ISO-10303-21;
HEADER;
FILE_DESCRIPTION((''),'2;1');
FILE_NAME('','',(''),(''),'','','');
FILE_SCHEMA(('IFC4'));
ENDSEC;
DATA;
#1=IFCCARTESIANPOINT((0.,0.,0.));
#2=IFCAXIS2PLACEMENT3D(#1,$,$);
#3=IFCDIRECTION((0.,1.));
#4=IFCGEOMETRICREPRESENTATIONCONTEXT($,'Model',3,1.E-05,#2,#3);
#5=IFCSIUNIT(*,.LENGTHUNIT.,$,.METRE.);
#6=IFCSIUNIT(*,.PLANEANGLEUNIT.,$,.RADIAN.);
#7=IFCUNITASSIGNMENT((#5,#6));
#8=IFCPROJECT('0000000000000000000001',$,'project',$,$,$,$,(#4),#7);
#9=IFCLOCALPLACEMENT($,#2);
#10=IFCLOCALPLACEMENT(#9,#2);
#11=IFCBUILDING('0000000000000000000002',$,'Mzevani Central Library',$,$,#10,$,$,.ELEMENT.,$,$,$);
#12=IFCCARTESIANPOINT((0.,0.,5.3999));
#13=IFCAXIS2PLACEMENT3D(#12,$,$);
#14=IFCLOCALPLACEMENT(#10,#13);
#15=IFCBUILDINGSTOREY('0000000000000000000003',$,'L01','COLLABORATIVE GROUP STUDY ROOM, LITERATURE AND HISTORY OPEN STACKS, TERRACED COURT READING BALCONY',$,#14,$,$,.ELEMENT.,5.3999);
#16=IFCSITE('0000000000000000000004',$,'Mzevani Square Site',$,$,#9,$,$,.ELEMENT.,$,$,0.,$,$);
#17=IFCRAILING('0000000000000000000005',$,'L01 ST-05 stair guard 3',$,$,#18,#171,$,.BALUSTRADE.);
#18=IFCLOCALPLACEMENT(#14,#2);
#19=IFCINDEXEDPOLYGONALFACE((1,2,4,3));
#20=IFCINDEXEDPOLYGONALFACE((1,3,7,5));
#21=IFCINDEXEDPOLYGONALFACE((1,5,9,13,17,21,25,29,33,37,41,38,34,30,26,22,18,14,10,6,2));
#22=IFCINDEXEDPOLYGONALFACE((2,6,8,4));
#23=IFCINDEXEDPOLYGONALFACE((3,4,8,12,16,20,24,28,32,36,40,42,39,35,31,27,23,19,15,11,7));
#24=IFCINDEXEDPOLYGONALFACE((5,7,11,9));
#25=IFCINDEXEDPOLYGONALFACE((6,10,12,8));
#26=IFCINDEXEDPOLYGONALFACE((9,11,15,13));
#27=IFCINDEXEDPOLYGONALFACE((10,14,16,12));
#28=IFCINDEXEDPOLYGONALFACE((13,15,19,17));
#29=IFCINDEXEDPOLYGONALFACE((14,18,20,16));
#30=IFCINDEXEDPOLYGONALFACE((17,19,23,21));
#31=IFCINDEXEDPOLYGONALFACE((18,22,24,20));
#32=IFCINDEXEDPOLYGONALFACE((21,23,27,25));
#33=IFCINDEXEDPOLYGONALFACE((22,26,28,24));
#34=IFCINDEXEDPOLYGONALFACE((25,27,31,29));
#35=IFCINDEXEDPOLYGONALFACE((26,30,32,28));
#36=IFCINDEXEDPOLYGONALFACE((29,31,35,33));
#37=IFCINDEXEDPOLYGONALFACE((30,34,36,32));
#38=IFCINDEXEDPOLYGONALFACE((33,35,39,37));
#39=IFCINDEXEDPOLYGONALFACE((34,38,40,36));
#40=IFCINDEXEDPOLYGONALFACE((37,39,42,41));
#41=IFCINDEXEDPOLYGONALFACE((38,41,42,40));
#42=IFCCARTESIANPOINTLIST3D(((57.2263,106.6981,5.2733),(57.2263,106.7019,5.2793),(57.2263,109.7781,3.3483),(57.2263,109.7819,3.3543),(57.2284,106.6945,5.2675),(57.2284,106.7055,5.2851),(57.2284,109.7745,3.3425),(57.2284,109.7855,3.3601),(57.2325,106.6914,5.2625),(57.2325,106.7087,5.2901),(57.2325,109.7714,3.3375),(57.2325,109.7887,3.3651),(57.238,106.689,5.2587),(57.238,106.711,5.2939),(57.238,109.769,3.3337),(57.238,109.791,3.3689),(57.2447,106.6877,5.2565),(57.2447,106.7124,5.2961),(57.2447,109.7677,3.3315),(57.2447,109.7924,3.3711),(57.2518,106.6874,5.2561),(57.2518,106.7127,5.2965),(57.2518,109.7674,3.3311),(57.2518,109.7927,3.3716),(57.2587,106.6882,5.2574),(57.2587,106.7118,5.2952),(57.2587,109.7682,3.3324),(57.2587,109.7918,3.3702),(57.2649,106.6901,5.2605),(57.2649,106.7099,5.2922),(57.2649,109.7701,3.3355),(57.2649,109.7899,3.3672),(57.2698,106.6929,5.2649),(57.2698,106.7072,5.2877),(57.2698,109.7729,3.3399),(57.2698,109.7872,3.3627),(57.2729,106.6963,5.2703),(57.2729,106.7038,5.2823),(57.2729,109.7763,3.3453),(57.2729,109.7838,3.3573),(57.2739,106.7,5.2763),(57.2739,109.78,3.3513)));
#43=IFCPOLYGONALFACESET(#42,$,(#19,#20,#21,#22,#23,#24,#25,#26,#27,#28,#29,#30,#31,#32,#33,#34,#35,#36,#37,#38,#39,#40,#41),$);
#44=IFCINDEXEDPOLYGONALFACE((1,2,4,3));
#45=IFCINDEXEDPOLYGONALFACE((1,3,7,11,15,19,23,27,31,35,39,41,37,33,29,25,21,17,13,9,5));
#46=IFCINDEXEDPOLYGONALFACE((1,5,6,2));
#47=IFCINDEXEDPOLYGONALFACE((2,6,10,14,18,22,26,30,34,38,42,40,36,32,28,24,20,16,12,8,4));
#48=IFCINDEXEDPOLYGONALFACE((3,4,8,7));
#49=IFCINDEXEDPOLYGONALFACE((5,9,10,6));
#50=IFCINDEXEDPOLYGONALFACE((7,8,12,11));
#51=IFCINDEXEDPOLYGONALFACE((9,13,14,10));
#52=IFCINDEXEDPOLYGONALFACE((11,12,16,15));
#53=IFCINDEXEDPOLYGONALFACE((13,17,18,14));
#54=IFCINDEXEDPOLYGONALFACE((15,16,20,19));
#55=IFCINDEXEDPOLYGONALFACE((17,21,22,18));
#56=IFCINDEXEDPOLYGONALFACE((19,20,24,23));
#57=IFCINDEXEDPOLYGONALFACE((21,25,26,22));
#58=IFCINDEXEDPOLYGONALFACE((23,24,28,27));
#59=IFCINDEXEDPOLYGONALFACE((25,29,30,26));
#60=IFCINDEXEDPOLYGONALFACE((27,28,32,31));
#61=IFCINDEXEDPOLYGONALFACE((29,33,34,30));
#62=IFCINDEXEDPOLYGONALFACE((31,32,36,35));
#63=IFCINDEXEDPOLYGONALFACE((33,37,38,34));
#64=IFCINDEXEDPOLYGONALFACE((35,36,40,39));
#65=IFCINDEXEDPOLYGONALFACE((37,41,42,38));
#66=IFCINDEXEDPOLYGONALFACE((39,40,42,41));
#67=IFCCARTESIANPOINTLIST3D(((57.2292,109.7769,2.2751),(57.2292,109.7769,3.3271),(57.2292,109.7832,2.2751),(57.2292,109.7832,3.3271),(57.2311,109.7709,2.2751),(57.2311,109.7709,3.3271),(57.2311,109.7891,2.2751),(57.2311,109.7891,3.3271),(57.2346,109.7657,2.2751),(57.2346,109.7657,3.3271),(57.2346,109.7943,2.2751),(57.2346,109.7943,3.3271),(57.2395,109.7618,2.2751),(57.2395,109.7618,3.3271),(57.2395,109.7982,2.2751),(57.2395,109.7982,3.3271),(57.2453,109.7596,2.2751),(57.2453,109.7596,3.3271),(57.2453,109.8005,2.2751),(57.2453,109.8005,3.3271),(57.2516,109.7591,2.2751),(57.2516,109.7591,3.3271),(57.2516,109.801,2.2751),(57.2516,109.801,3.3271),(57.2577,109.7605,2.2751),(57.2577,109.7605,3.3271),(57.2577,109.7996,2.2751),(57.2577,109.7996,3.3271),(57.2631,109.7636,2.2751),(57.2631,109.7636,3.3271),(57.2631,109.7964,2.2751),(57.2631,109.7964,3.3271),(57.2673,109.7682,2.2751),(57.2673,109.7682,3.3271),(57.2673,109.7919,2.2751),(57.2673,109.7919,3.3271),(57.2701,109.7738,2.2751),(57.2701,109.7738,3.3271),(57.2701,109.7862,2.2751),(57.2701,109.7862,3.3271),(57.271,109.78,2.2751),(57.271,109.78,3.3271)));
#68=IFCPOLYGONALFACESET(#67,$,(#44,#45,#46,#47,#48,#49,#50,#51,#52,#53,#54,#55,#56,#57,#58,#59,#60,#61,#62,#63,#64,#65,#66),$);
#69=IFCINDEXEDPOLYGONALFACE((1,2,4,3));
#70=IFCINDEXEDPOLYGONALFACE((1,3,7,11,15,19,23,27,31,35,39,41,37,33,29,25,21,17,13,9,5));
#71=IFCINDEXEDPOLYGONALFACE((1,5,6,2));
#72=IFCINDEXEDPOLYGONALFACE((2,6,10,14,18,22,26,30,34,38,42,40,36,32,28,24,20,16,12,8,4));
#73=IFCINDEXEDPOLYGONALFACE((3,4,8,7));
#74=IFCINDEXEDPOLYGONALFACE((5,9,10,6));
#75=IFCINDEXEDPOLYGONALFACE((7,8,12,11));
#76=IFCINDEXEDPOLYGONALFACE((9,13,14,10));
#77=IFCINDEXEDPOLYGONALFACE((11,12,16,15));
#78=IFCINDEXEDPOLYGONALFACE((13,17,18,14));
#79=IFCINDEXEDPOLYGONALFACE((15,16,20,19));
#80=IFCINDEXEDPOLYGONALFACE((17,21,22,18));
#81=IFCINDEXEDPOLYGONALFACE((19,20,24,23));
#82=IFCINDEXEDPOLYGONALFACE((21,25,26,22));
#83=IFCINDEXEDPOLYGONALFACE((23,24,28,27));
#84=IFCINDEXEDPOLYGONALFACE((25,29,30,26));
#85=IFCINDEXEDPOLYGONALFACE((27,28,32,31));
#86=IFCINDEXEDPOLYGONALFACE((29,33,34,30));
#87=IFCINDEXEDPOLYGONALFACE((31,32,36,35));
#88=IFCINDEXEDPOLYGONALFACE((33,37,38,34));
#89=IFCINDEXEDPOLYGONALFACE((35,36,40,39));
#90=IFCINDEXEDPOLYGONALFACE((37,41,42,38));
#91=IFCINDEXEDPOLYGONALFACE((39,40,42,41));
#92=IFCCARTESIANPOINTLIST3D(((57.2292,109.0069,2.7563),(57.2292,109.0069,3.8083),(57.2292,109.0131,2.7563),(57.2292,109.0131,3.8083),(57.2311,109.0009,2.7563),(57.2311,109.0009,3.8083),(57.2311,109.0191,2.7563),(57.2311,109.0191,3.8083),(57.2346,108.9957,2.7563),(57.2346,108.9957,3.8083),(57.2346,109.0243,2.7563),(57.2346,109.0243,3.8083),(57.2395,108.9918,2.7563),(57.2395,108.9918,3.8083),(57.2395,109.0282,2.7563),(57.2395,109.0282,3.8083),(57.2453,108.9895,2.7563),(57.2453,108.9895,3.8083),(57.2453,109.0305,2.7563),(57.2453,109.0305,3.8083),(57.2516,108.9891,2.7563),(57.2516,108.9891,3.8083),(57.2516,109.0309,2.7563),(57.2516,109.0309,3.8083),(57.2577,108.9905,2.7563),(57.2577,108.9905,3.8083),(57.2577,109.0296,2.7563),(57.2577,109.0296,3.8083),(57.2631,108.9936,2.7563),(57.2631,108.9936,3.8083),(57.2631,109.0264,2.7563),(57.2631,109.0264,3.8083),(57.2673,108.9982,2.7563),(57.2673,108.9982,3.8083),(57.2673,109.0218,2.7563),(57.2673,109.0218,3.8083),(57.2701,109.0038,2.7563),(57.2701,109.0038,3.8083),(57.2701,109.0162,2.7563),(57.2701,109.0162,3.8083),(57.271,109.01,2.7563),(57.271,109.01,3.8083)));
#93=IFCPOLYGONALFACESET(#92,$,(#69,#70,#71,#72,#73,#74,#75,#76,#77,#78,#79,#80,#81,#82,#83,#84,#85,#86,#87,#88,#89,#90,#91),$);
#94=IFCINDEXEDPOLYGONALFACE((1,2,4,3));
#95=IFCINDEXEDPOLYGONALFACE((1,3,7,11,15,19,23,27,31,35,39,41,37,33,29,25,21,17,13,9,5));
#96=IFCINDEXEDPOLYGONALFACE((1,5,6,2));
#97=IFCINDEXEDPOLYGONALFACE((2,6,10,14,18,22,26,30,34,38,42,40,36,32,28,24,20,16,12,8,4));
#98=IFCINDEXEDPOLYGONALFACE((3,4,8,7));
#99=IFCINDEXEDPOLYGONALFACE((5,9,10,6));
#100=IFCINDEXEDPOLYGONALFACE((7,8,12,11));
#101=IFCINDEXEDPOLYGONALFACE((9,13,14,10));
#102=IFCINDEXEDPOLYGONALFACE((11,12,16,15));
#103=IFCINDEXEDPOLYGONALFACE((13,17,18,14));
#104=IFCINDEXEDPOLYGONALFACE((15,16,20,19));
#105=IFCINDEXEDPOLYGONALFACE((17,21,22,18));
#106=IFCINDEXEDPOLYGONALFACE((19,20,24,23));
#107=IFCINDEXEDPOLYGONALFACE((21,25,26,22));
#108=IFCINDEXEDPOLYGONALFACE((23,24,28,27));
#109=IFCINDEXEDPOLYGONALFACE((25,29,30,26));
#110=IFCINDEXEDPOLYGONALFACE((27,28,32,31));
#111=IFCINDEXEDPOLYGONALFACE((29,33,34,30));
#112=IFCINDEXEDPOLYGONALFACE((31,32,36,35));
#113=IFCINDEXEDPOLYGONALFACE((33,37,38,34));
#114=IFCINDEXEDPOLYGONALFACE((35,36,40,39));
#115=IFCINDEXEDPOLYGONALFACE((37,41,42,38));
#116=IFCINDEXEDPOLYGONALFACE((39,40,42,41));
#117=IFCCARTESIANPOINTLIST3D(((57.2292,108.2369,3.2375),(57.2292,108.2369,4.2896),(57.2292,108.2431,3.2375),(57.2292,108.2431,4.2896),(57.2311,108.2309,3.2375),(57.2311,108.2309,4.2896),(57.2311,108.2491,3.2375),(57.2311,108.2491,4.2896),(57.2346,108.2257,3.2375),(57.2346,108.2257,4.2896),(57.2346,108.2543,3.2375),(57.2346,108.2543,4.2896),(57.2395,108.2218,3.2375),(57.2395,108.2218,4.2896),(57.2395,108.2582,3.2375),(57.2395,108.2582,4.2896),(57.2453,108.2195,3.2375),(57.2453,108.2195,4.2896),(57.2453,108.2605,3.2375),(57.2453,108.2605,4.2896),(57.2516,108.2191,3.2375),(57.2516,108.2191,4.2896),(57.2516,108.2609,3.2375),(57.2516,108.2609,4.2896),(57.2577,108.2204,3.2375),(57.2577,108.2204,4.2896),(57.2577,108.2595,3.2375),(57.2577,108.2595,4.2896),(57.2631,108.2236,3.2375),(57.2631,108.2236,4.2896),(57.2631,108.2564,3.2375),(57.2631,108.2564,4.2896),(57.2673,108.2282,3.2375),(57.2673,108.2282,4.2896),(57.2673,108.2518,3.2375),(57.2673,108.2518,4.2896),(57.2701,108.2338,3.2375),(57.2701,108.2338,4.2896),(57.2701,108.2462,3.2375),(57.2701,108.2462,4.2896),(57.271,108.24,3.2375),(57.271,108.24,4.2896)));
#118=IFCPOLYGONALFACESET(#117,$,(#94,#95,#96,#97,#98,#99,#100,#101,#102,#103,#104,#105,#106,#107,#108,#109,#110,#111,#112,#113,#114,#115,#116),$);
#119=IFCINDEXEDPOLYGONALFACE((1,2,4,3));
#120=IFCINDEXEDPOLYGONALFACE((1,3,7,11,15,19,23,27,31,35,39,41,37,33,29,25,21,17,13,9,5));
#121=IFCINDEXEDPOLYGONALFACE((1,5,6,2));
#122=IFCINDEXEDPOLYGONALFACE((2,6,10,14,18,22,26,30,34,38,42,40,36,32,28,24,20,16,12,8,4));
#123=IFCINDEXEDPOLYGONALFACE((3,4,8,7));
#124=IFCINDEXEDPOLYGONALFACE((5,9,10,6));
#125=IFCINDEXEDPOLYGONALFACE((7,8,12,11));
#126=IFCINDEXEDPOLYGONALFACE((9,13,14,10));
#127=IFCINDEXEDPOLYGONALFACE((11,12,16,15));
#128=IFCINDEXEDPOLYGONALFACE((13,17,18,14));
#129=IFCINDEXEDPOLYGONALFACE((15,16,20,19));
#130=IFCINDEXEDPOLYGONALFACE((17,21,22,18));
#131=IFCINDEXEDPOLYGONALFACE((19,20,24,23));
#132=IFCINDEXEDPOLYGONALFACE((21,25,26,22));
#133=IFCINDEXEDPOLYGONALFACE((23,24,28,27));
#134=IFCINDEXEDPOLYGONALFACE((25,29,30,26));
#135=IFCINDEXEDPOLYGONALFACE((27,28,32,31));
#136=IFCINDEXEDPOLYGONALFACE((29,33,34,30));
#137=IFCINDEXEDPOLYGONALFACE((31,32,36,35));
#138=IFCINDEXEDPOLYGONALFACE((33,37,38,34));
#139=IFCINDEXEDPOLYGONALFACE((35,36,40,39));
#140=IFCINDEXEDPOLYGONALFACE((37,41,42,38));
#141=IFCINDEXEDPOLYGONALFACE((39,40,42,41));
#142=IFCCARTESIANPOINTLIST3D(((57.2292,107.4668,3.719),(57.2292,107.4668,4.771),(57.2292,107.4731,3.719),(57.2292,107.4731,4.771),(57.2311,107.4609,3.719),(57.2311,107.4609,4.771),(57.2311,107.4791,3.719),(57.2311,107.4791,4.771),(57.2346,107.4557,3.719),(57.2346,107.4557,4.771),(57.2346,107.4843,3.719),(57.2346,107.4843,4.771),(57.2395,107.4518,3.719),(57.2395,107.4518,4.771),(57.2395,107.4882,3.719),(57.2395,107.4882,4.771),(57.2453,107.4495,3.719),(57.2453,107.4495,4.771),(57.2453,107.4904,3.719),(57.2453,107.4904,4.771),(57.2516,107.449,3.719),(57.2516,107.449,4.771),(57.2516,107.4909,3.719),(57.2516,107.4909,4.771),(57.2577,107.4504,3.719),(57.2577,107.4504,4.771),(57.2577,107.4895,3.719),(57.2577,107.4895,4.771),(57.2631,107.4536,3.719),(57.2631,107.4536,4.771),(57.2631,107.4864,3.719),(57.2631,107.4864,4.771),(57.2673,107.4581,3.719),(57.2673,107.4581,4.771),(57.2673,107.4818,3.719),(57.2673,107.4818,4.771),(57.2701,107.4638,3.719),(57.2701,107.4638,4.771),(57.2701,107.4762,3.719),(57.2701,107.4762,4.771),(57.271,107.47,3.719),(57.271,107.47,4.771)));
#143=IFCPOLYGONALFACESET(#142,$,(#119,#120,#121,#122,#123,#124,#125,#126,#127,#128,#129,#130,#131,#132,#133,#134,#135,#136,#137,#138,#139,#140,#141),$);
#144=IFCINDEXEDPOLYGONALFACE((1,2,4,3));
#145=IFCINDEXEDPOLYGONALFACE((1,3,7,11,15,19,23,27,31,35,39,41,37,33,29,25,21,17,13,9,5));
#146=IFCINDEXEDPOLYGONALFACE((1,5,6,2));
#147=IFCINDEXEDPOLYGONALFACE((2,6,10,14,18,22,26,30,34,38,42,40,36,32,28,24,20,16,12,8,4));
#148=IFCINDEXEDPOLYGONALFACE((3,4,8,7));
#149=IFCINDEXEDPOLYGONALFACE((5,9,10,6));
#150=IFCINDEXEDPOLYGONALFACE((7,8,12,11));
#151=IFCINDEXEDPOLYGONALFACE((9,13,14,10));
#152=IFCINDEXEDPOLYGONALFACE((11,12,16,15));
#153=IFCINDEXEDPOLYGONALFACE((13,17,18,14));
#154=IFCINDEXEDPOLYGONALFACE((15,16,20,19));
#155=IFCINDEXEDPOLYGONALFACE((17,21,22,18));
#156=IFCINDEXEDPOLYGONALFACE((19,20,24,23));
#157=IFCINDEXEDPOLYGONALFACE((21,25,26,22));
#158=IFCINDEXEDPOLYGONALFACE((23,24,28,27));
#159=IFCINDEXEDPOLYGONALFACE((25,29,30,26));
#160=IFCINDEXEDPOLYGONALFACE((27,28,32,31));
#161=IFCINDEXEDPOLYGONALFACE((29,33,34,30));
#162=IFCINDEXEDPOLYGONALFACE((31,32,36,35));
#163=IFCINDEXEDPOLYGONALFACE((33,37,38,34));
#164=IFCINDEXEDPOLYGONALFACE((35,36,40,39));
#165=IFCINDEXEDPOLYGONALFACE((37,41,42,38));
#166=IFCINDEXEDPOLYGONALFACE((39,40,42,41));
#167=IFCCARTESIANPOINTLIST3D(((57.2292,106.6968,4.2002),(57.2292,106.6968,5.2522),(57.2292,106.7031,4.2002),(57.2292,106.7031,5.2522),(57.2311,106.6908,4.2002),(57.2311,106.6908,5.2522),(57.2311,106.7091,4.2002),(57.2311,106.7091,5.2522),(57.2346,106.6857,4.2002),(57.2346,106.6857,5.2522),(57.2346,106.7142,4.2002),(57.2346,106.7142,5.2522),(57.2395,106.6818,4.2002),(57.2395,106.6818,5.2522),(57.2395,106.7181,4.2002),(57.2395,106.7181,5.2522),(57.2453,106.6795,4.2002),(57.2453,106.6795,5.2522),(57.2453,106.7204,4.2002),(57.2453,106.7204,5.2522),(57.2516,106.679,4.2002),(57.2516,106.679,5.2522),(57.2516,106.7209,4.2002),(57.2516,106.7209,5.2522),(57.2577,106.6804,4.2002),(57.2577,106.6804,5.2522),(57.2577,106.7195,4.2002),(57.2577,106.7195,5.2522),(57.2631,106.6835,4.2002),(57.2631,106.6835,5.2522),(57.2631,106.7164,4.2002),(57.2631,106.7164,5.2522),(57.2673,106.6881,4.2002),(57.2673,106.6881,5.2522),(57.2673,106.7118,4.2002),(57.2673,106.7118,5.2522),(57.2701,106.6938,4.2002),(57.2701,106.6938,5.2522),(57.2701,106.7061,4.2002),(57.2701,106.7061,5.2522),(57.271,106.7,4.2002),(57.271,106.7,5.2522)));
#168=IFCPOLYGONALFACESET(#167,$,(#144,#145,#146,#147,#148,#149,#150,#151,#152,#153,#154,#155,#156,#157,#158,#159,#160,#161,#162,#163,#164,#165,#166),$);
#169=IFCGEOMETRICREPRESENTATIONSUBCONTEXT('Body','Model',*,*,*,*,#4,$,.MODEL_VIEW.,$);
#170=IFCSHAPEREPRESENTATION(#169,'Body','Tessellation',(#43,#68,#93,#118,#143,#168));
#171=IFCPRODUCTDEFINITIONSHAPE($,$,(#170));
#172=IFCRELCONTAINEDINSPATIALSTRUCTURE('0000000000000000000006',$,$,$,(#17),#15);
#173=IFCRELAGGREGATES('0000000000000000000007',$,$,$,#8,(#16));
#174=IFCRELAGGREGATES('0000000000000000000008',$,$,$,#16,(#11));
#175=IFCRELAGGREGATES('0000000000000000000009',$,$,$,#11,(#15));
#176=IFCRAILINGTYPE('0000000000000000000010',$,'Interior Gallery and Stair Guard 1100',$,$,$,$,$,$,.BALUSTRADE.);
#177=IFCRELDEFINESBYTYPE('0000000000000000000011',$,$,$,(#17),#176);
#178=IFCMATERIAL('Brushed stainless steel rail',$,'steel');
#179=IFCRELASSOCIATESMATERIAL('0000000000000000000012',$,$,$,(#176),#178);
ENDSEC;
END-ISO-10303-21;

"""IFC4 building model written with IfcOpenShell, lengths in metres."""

from ifc_helpers import new_model, si_unit, direction, frame, origin, origin_2d, place, context, subcontext, project, spatial, circle, extrude, material, type_object, element, save


model = new_model("IFC4")

# Units and contexts
model_context = context("Model", 3, precision=1e-05, world=origin(), true_north=direction((0.0, 1.0)))
body_context = subcontext(model_context, "Body", "Model", "MODEL_VIEW")
ifc_project = project(units=[si_unit("LENGTHUNIT", "METRE"), si_unit("PLANEANGLEUNIT", "RADIAN")], contexts=[model_context])

# Site, building, storey
site_placement = place(None, origin())
site = spatial("IfcSite", under=ifc_project, at=site_placement, Name="Mzevani Square Site", CompositionType="ELEMENT", RefElevation=0.0)
building_placement = place(site_placement, origin())
building = spatial("IfcBuilding", under=site, at=building_placement, Name="Mzevani Central Library", CompositionType="ELEMENT")
storey_placement = place(building_placement, frame((0.0, 0.0, 5.3999)))
storey = spatial("IfcBuildingStorey", under=building, at=storey_placement, Name="L01", Description="COLLABORATIVE GROUP STUDY ROOM, LITERATURE AND HISTORY OPEN STACKS, TERRACED COURT READING BALCONY", CompositionType="ELEMENT", Elevation=5.3999)

# Railing
ifc_material_1 = material(Name="Brushed stainless steel rail", Category="steel")
railing_type_1 = type_object("IfcRailingType", Name="Interior Gallery and Stair Guard 1100", PredefinedType="BALUSTRADE", material=ifc_material_1)
railing_1_placement = place(storey_placement, frame((57.25, 109.78, 2.2751)))
element("IfcRailing", 1, at=railing_1_placement, inside=storey, type_object=railing_type_1, Name="L01 ST-05 stair guard 3", PredefinedType="BALUSTRADE", context=body_context, shape_type="SweptSolid", body=[
    extrude(circle(Radius=0.0239, at=origin_2d()), frame((0.0, 0.0, 1.0762), z_axis=(0.0, -0.847998, 0.529999), x_axis=(1.0, 0.0, 0.0)), (0.0, 0.0, 1.0), 3.6321),
    extrude(circle(Radius=0.021, at=origin_2d()), origin(), (0.0, 0.0, 1.0), 1.052),
    extrude(circle(Radius=0.021, at=origin_2d()), frame((0.0, -0.77, 0.4812)), (0.0, 0.0, 1.0), 1.052),
    extrude(circle(Radius=0.021, at=origin_2d()), frame((0.0, -1.54, 0.9624)), (0.0, 0.0, 1.0), 1.052),
    extrude(circle(Radius=0.021, at=origin_2d()), frame((0.0, -2.3101, 1.4438)), (0.0, 0.0, 1.0), 1.052),
    extrude(circle(Radius=0.021, at=origin_2d()), frame((0.0, -3.0801, 1.925)), (0.0, 0.0, 1.0), 1.052),
])

save(model, "model.ifc")
